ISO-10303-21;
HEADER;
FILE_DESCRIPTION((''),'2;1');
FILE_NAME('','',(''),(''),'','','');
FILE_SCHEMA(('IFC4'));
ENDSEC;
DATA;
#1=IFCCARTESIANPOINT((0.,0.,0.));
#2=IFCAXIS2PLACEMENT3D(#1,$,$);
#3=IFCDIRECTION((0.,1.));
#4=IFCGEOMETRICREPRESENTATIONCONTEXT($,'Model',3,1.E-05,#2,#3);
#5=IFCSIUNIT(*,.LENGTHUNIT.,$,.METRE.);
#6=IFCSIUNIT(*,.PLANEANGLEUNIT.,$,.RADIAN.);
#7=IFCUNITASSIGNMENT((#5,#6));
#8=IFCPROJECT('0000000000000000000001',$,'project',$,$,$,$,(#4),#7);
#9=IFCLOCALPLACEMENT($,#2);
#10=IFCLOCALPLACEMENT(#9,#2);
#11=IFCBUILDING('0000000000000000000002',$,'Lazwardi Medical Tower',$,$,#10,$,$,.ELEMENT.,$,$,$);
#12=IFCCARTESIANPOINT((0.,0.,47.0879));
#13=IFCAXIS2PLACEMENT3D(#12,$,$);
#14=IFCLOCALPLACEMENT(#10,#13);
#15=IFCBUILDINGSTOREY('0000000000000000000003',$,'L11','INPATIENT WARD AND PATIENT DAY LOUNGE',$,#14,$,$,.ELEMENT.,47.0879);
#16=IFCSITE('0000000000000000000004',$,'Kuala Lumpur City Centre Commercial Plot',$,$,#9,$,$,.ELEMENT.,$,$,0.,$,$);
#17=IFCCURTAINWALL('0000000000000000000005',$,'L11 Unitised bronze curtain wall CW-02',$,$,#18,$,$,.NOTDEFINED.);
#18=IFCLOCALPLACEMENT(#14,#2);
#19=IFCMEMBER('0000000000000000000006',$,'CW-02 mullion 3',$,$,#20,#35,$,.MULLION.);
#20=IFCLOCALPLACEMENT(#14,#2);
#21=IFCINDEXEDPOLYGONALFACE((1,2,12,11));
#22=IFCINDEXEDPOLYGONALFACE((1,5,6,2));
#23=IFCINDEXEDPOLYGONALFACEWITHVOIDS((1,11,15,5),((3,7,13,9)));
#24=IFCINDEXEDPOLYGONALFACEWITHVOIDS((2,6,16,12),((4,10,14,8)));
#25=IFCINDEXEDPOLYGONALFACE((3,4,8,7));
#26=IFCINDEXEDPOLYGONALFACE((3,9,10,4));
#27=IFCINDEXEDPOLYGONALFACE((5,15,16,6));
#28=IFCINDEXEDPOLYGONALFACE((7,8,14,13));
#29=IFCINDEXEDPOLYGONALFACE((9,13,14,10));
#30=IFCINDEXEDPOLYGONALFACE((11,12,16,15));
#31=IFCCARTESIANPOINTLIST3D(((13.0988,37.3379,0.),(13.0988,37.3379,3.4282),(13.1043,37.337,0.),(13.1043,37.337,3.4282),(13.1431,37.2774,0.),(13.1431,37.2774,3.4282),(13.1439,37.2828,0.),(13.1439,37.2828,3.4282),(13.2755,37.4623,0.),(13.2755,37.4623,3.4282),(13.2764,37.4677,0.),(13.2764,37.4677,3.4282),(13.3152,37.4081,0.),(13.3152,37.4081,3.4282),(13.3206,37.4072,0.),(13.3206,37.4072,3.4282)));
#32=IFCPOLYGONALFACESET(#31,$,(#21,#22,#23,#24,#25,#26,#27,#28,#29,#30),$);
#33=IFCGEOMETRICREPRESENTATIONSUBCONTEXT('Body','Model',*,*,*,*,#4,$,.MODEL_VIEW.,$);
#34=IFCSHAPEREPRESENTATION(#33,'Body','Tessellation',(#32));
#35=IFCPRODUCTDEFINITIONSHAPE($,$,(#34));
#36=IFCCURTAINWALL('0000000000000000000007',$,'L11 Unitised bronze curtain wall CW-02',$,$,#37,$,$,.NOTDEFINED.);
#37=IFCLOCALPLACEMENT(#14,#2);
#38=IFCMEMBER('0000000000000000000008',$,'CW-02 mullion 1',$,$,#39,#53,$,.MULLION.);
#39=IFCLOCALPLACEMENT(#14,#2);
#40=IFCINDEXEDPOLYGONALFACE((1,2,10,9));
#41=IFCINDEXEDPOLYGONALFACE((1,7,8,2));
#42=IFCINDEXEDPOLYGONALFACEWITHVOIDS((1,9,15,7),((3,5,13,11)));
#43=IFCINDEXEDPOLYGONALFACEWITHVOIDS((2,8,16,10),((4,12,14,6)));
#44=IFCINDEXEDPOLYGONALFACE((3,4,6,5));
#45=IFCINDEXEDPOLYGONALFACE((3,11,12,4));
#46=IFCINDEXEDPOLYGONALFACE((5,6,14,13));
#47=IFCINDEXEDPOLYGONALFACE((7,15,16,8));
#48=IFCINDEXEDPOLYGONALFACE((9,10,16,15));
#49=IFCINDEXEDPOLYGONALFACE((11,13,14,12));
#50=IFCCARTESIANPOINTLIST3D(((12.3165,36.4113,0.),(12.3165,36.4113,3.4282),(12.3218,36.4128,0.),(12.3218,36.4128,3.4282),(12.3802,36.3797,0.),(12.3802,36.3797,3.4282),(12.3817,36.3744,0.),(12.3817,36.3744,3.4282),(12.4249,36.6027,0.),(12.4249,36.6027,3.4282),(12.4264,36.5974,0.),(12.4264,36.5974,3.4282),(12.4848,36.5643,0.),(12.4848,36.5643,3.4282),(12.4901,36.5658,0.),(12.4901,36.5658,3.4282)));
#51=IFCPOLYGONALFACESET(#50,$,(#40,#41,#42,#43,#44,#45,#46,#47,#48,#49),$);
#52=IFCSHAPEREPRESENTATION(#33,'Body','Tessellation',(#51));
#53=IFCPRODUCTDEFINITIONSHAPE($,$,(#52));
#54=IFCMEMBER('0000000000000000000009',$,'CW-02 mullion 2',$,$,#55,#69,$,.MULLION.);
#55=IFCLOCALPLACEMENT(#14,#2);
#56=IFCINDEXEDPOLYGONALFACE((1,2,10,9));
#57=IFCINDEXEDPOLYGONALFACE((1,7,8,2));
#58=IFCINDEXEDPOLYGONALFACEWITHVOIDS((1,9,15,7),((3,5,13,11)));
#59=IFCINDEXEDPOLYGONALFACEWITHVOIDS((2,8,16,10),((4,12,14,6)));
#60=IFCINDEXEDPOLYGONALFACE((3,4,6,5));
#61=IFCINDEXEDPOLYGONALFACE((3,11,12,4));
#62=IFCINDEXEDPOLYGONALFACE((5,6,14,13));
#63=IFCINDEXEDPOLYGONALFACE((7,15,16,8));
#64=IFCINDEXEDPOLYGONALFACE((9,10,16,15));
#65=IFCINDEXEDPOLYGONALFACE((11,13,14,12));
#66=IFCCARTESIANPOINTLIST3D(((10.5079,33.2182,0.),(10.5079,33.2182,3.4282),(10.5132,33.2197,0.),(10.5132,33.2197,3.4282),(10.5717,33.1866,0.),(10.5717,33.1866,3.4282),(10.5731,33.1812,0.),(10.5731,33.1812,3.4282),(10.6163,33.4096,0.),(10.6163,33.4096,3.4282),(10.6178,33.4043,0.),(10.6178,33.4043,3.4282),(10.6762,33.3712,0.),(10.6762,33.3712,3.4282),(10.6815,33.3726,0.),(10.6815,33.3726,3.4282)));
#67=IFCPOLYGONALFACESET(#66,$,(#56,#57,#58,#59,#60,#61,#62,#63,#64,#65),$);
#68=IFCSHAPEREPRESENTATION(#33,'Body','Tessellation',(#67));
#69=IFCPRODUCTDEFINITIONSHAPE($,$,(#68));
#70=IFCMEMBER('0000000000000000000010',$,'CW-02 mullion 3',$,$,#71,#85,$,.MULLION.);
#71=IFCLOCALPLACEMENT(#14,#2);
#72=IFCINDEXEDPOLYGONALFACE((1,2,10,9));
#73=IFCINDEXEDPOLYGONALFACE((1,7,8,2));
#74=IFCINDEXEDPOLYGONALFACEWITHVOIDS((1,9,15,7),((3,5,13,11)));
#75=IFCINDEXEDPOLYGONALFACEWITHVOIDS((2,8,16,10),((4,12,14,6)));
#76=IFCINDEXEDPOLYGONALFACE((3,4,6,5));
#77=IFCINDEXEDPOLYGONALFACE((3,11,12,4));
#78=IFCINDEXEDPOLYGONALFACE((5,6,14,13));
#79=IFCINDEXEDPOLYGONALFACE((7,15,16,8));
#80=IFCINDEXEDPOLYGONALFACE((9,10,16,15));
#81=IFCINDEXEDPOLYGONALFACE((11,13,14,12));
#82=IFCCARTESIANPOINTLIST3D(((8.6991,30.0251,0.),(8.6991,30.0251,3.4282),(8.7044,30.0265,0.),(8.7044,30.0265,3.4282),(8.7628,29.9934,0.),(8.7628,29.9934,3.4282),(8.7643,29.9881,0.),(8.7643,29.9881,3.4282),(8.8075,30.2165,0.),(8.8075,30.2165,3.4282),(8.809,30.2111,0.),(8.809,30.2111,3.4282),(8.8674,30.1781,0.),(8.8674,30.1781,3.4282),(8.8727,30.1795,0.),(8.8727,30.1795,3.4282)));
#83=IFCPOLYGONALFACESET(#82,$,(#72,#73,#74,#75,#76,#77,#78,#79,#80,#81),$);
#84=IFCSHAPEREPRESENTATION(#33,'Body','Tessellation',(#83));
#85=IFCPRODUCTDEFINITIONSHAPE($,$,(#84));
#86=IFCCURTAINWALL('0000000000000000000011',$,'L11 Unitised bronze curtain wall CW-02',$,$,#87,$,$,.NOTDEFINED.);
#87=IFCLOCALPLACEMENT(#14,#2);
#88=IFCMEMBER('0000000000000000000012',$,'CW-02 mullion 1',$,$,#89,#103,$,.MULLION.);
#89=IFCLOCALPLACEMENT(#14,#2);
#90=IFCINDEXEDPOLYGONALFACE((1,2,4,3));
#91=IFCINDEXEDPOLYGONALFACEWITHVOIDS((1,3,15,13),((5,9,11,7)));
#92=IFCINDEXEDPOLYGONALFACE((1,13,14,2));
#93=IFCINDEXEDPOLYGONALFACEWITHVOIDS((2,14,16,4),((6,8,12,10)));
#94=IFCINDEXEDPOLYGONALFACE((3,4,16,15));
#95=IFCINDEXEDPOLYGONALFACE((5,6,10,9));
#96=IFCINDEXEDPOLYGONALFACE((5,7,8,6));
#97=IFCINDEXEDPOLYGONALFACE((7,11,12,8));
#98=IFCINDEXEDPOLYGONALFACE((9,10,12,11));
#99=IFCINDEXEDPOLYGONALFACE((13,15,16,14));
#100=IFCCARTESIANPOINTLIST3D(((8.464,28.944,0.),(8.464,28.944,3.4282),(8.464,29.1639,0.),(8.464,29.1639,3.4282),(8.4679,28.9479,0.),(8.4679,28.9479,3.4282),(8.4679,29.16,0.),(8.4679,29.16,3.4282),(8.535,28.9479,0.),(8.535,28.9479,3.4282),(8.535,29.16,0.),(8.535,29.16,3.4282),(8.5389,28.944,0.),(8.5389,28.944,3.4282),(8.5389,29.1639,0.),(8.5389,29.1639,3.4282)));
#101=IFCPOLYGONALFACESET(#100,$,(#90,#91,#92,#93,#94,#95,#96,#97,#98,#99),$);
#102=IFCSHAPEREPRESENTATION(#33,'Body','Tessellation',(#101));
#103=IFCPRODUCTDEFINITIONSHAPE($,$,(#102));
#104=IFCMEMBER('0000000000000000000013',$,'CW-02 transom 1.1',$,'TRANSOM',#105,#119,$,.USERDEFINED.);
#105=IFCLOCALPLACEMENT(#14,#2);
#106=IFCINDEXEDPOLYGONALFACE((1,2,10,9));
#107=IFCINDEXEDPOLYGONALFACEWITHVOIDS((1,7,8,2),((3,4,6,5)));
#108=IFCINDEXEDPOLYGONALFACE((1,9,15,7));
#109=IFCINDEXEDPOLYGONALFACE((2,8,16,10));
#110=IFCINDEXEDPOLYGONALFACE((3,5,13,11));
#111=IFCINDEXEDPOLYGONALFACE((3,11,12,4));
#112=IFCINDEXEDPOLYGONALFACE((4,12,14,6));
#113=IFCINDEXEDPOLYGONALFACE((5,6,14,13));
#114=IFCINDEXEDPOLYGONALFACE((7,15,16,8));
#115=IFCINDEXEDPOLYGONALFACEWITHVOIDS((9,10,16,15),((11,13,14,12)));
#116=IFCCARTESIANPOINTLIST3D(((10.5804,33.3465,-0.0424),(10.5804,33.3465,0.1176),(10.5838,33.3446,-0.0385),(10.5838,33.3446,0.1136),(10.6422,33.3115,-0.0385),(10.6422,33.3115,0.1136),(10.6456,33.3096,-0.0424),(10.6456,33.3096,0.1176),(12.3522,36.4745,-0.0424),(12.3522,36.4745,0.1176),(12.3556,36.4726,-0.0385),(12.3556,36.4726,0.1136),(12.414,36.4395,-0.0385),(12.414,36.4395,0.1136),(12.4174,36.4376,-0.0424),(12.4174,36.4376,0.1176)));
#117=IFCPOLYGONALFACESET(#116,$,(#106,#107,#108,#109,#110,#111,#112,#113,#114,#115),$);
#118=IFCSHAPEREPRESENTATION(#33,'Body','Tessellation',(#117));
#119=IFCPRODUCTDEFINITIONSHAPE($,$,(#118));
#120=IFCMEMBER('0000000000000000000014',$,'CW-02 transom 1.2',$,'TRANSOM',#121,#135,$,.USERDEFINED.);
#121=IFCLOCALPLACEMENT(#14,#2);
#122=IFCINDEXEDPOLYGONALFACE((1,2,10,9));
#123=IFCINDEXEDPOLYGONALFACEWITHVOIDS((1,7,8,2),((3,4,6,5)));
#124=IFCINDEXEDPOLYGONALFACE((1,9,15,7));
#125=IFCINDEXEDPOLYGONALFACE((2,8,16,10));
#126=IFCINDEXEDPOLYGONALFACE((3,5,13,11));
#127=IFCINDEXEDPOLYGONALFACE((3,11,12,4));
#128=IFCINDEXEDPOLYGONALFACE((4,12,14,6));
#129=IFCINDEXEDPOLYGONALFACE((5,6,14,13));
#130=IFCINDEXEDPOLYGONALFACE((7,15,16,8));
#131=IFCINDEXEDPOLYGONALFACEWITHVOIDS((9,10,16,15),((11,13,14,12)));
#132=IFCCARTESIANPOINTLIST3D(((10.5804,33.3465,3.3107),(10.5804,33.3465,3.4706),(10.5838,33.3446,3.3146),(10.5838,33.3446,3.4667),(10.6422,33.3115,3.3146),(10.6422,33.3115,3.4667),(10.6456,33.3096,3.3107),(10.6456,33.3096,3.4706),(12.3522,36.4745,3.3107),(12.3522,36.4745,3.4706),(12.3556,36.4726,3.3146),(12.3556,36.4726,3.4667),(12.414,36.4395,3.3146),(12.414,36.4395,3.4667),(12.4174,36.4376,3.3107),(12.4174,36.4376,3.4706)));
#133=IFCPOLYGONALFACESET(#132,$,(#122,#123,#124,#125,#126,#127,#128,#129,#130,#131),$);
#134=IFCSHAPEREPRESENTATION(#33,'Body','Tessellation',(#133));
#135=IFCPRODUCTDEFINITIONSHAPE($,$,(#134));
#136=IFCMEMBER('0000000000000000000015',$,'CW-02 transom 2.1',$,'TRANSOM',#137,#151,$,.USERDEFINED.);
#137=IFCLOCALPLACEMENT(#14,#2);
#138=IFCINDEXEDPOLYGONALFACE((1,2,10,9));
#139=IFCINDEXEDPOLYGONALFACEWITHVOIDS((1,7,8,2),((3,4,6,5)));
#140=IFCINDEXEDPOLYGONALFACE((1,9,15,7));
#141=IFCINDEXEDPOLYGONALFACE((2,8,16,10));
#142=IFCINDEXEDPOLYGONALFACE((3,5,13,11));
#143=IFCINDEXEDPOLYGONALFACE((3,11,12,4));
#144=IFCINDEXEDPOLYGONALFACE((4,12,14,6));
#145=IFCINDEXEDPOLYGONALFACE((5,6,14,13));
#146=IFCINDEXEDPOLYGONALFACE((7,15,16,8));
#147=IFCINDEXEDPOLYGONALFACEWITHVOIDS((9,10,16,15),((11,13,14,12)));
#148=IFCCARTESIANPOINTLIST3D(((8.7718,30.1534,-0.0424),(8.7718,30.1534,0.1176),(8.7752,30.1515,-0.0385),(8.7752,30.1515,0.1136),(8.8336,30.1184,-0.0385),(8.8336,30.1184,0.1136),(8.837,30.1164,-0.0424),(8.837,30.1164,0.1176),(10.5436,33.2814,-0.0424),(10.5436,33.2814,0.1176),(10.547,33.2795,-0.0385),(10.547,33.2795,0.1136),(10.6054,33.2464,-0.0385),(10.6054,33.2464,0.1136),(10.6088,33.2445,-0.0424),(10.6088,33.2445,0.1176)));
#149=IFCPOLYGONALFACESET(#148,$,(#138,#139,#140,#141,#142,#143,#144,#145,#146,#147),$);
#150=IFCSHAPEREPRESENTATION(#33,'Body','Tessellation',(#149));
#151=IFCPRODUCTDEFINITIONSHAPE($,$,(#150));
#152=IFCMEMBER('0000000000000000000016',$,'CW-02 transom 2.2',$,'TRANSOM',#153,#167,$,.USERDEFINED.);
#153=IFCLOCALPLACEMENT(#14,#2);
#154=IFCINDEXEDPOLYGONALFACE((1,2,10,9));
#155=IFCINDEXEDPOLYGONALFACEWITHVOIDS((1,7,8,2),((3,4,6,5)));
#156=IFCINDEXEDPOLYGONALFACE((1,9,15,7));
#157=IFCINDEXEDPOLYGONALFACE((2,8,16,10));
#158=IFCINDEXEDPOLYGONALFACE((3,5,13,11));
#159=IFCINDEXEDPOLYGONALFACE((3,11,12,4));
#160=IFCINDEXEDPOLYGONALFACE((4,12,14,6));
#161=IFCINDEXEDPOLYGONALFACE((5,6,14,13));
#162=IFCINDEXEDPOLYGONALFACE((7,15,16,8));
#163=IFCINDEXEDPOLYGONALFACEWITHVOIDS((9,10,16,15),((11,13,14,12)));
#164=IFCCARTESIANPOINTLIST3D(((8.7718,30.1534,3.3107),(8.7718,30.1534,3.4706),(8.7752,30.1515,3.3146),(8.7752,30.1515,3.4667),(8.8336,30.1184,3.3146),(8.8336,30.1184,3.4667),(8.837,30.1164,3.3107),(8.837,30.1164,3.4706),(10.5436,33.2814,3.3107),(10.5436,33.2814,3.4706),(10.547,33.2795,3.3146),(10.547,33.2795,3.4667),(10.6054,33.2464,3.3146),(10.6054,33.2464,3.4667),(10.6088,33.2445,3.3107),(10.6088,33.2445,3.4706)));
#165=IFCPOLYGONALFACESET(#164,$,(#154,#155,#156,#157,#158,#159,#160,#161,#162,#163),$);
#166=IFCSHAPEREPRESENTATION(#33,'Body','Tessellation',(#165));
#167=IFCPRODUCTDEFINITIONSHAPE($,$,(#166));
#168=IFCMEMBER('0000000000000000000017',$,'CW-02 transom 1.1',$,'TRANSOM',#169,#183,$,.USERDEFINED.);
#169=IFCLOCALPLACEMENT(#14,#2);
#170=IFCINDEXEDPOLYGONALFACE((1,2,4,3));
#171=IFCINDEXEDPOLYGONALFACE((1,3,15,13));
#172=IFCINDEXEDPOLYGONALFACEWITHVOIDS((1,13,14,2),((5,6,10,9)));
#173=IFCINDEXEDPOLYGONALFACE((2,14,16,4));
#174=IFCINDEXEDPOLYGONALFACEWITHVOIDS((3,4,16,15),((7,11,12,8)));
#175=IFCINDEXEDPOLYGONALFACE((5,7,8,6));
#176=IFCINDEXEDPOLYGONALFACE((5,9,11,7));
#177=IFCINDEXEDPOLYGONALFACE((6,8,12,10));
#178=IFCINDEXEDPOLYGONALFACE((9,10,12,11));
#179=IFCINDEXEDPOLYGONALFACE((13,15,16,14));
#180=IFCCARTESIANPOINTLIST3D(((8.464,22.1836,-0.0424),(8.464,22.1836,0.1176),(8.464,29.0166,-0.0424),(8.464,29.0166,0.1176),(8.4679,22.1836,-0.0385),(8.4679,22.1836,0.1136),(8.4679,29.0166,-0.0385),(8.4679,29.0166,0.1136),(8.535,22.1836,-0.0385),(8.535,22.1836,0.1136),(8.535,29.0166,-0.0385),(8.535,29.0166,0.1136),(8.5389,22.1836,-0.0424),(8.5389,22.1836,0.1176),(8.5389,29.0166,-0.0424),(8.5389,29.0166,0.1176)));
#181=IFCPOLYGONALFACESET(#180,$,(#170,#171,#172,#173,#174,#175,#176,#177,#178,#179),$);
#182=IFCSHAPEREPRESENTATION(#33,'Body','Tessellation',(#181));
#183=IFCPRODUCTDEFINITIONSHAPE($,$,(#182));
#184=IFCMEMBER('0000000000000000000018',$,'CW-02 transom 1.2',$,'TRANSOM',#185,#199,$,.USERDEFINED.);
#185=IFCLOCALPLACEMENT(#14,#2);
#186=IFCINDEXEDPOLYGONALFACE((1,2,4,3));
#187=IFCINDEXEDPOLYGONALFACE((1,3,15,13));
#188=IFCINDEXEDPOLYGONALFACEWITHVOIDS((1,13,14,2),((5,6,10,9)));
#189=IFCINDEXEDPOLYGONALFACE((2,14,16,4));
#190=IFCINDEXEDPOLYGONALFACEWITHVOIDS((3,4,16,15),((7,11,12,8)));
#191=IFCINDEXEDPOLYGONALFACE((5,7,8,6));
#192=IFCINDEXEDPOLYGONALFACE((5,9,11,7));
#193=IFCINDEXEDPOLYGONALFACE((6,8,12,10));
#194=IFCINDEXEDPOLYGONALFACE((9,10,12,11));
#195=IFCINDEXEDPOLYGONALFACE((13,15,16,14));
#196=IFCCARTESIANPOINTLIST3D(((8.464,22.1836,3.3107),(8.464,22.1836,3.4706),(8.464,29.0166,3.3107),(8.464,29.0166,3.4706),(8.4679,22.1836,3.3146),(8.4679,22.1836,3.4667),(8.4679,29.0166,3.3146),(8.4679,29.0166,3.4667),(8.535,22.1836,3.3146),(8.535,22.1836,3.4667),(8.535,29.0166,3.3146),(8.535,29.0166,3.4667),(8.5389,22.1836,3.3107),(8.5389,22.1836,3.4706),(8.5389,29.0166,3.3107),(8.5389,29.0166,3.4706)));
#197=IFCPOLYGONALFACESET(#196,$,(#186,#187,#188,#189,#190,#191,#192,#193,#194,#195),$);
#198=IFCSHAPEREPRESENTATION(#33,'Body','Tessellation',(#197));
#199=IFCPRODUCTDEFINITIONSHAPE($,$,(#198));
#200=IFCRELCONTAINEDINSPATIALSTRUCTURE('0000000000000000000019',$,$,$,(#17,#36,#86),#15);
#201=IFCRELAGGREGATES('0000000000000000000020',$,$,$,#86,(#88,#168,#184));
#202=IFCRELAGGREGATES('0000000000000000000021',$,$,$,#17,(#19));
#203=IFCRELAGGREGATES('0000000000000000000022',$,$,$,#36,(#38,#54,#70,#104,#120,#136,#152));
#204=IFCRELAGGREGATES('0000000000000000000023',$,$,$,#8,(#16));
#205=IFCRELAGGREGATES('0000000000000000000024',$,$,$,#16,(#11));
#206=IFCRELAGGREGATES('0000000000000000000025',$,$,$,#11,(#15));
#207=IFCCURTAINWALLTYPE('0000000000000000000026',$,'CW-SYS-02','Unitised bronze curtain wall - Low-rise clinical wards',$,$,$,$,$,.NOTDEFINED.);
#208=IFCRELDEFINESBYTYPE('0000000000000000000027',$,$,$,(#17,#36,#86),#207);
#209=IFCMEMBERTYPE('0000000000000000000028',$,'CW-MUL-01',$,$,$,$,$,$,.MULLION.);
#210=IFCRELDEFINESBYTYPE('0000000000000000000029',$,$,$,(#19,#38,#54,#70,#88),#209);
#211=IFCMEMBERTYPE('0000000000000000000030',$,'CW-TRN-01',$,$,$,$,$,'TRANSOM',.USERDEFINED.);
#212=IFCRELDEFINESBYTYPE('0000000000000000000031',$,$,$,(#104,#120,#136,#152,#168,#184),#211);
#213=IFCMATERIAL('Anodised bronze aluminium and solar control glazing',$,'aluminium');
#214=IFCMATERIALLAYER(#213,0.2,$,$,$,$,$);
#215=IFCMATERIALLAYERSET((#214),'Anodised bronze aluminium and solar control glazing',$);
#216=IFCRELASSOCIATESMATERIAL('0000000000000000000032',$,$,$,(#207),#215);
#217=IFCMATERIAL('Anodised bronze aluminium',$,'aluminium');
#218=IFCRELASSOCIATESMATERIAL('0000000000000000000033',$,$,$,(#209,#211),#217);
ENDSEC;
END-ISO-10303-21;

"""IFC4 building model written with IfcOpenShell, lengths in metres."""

from ifc_helpers import new_model, si_unit, direction, frame, origin, origin_2d, place, context, subcontext, project, spatial, hollow_rectangle, extrude, material, layer, layer_set, material_profile, profile_set, type_object, element, aggregate, save


model = new_model("IFC4")

# Units and contexts
model_context = context("Model", 3, precision=1e-05, world=origin(), true_north=direction((0.0, 1.0)))
body_context = subcontext(model_context, "Body", "Model", "MODEL_VIEW")
ifc_project = project(units=[si_unit("LENGTHUNIT", "METRE"), si_unit("PLANEANGLEUNIT", "RADIAN")], contexts=[model_context])

# Site, building, storey
site_placement = place(None, origin())
site = spatial("IfcSite", under=ifc_project, at=site_placement, Name="Kuala Lumpur City Centre Commercial Plot", CompositionType="ELEMENT", RefElevation=0.0)
building_placement = place(site_placement, origin())
building = spatial("IfcBuilding", under=site, at=building_placement, Name="Lazwardi Medical Tower", CompositionType="ELEMENT")
storey_placement = place(building_placement, frame((0.0, 0.0, 47.0879)))
storey = spatial("IfcBuildingStorey", under=building, at=storey_placement, Name="L11", Description="INPATIENT WARD AND PATIENT DAY LOUNGE", CompositionType="ELEMENT", Elevation=47.0879)

# Curtain wall, member
ifc_material_1 = material(Name="Anodised bronze aluminium and solar control glazing", Category="aluminium")
ifc_layer_1 = layer(ifc_material_1, 0.2)
ifc_layer_set_1 = layer_set([ifc_layer_1], Name="Anodised bronze aluminium and solar control glazing")
curtain_wall_type = type_object("IfcCurtainWallType", Name="CW-SYS-02", Description="Unitised bronze curtain wall - Low-rise clinical wards", PredefinedType="NOTDEFINED", material=ifc_layer_set_1)
curtain_wall_1_placement = place(storey_placement, origin())
curtain_wall_1 = element("IfcCurtainWall", 1, at=curtain_wall_1_placement, inside=storey, type_object=curtain_wall_type, Name="L11 Unitised bronze curtain wall CW-02", PredefinedType="NOTDEFINED")
ifc_material_2 = material(Name="Anodised bronze aluminium", Category="aluminium")
ifc_material_profile_1 = material_profile(ifc_material_2, hollow_rectangle(XDim=0.075, YDim=0.22, WallThickness=0.0039, at=origin_2d()), Name="ALU-MULLION 220x75x4")
ifc_profile_set_1 = profile_set([ifc_material_profile_1], Name="Anodised bronze aluminium")
member_type_1 = type_object("IfcMemberType", Name="CW-MUL-01", PredefinedType="MULLION", material=ifc_profile_set_1)
member_1_placement = place(storey_placement, frame((13.2097, 37.3726, 0.0), z_axis=(0.0, 0.0, 1.0), x_axis=(0.590289, -0.807192, 0.0)))
member_1 = element("IfcMember", 2, at=member_1_placement, type_object=member_type_1, Name="CW-02 mullion 3", PredefinedType="MULLION", context=body_context, shape_type="SweptSolid", body=[
    extrude(hollow_rectangle(XDim=0.075, YDim=0.22, WallThickness=0.0039, at=origin_2d()), origin(), (0.0, 0.0, 1.0), 3.4282),
])

# Curtain wall, members
curtain_wall_2_placement = place(storey_placement, origin())
curtain_wall_2 = element("IfcCurtainWall", 3, at=curtain_wall_2_placement, inside=storey, type_object=curtain_wall_type, Name="L11 Unitised bronze curtain wall CW-02", PredefinedType="NOTDEFINED")
member_2_placement = place(storey_placement, frame((12.4033, 36.4885, 0.0), z_axis=(0.0, 0.0, 1.0), x_axis=(0.870112, -0.492854, 0.0)))
member_2 = element("IfcMember", 4, at=member_2_placement, type_object=member_type_1, Name="CW-02 mullion 1", PredefinedType="MULLION", context=body_context, shape_type="SweptSolid", body=[
    extrude(hollow_rectangle(XDim=0.075, YDim=0.22, WallThickness=0.0039, at=origin_2d()), origin(), (0.0, 0.0, 1.0), 3.4282),
])
member_3_placement = place(storey_placement, frame((10.5947, 33.2954, 0.0), z_axis=(0.0, 0.0, 1.0), x_axis=(0.870112, -0.492854, 0.0)))
member_3 = element("IfcMember", 5, at=member_3_placement, type_object=member_type_1, Name="CW-02 mullion 2", PredefinedType="MULLION", context=body_context, shape_type="SweptSolid", body=[
    extrude(hollow_rectangle(XDim=0.075, YDim=0.22, WallThickness=0.0039, at=origin_2d()), origin(), (0.0, 0.0, 1.0), 3.4282),
])
member_4_placement = place(storey_placement, frame((8.7859, 30.1023, 0.0), z_axis=(0.0, 0.0, 1.0), x_axis=(0.870112, -0.492854, 0.0)))
member_4 = element("IfcMember", 6, at=member_4_placement, type_object=member_type_1, Name="CW-02 mullion 3", PredefinedType="MULLION", context=body_context, shape_type="SweptSolid", body=[
    extrude(hollow_rectangle(XDim=0.075, YDim=0.22, WallThickness=0.0039, at=origin_2d()), origin(), (0.0, 0.0, 1.0), 3.4282),
])

# Curtain wall, member
curtain_wall_3_placement = place(storey_placement, origin())
curtain_wall_3 = element("IfcCurtainWall", 7, at=curtain_wall_3_placement, inside=storey, type_object=curtain_wall_type, Name="L11 Unitised bronze curtain wall CW-02", PredefinedType="NOTDEFINED")
member_5_placement = place(storey_placement, frame((8.5015, 29.054, 0.0), z_axis=(0.0, 0.0, 1.0), x_axis=(1.0, 0.0, 0.0)))
member_5 = element("IfcMember", 8, at=member_5_placement, type_object=member_type_1, Name="CW-02 mullion 1", PredefinedType="MULLION", context=body_context, shape_type="SweptSolid", body=[
    extrude(hollow_rectangle(XDim=0.075, YDim=0.22, WallThickness=0.0039, at=origin_2d()), origin(), (0.0, 0.0, 1.0), 3.4282),
])

# Members
ifc_material_profile_2 = material_profile(ifc_material_2, hollow_rectangle(XDim=0.075, YDim=0.1599, WallThickness=0.0039, at=origin_2d()), Name="ALU-TRANSOM 160x75x4")
ifc_profile_set_2 = profile_set([ifc_material_profile_2], Name="Anodised bronze aluminium")
member_type_2 = type_object("IfcMemberType", Name="CW-TRN-01", ElementType="TRANSOM", PredefinedType="USERDEFINED", material=ifc_profile_set_2)
member_6_placement = place(storey_placement, frame((12.3848, 36.4561, 0.0376), z_axis=(-0.492851, -0.870113, 0.0), x_axis=(0.870113, -0.492851, 0.0)))
member_6 = element("IfcMember", 9, at=member_6_placement, type_object=member_type_2, Name="CW-02 transom 1.1", ObjectType="TRANSOM", PredefinedType="USERDEFINED", context=body_context, shape_type="SweptSolid", body=[
    extrude(hollow_rectangle(XDim=0.075, YDim=0.1599, WallThickness=0.0039, at=origin_2d()), origin(), (0.0, 0.0, 1.0), 3.595),
])
member_7_placement = place(storey_placement, frame((12.3848, 36.4561, 3.3906), z_axis=(-0.492851, -0.870113, 0.0), x_axis=(0.870113, -0.492851, 0.0)))
member_7 = element("IfcMember", 10, at=member_7_placement, type_object=member_type_2, Name="CW-02 transom 1.2", ObjectType="TRANSOM", PredefinedType="USERDEFINED", context=body_context, shape_type="SweptSolid", body=[
    extrude(hollow_rectangle(XDim=0.075, YDim=0.1599, WallThickness=0.0039, at=origin_2d()), origin(), (0.0, 0.0, 1.0), 3.595),
])
member_8_placement = place(storey_placement, frame((10.5762, 33.2629, 0.0376), z_axis=(-0.492851, -0.870113, 0.0), x_axis=(0.870113, -0.492851, 0.0)))
member_8 = element("IfcMember", 11, at=member_8_placement, type_object=member_type_2, Name="CW-02 transom 2.1", ObjectType="TRANSOM", PredefinedType="USERDEFINED", context=body_context, shape_type="SweptSolid", body=[
    extrude(hollow_rectangle(XDim=0.075, YDim=0.1599, WallThickness=0.0039, at=origin_2d()), origin(), (0.0, 0.0, 1.0), 3.595),
])
member_9_placement = place(storey_placement, frame((10.5762, 33.2629, 3.3906), z_axis=(-0.492851, -0.870113, 0.0), x_axis=(0.870113, -0.492851, 0.0)))
member_9 = element("IfcMember", 12, at=member_9_placement, type_object=member_type_2, Name="CW-02 transom 2.2", ObjectType="TRANSOM", PredefinedType="USERDEFINED", context=body_context, shape_type="SweptSolid", body=[
    extrude(hollow_rectangle(XDim=0.075, YDim=0.1599, WallThickness=0.0039, at=origin_2d()), origin(), (0.0, 0.0, 1.0), 3.595),
])
member_10_placement = place(storey_placement, frame((8.5015, 29.0166, 0.0376), z_axis=(0.0, -1.0, 0.0), x_axis=(1.0, 0.0, 0.0)))
member_10 = element("IfcMember", 13, at=member_10_placement, type_object=member_type_2, Name="CW-02 transom 1.1", ObjectType="TRANSOM", PredefinedType="USERDEFINED", context=body_context, shape_type="SweptSolid", body=[
    extrude(hollow_rectangle(XDim=0.075, YDim=0.1599, WallThickness=0.0039, at=origin_2d()), origin(), (0.0, 0.0, 1.0), 6.833),
])
member_11_placement = place(storey_placement, frame((8.5015, 29.0166, 3.3906), z_axis=(0.0, -1.0, 0.0), x_axis=(1.0, 0.0, 0.0)))
member_11 = element("IfcMember", 14, at=member_11_placement, type_object=member_type_2, Name="CW-02 transom 1.2", ObjectType="TRANSOM", PredefinedType="USERDEFINED", context=body_context, shape_type="SweptSolid", body=[
    extrude(hollow_rectangle(XDim=0.075, YDim=0.1599, WallThickness=0.0039, at=origin_2d()), origin(), (0.0, 0.0, 1.0), 6.833),
])
aggregate(curtain_wall_3, [member_5, member_10, member_11])

aggregate(curtain_wall_1, [member_1])
aggregate(curtain_wall_2, [member_2, member_3, member_4, member_6, member_7, member_8, member_9])

save(model, "model.ifc")
